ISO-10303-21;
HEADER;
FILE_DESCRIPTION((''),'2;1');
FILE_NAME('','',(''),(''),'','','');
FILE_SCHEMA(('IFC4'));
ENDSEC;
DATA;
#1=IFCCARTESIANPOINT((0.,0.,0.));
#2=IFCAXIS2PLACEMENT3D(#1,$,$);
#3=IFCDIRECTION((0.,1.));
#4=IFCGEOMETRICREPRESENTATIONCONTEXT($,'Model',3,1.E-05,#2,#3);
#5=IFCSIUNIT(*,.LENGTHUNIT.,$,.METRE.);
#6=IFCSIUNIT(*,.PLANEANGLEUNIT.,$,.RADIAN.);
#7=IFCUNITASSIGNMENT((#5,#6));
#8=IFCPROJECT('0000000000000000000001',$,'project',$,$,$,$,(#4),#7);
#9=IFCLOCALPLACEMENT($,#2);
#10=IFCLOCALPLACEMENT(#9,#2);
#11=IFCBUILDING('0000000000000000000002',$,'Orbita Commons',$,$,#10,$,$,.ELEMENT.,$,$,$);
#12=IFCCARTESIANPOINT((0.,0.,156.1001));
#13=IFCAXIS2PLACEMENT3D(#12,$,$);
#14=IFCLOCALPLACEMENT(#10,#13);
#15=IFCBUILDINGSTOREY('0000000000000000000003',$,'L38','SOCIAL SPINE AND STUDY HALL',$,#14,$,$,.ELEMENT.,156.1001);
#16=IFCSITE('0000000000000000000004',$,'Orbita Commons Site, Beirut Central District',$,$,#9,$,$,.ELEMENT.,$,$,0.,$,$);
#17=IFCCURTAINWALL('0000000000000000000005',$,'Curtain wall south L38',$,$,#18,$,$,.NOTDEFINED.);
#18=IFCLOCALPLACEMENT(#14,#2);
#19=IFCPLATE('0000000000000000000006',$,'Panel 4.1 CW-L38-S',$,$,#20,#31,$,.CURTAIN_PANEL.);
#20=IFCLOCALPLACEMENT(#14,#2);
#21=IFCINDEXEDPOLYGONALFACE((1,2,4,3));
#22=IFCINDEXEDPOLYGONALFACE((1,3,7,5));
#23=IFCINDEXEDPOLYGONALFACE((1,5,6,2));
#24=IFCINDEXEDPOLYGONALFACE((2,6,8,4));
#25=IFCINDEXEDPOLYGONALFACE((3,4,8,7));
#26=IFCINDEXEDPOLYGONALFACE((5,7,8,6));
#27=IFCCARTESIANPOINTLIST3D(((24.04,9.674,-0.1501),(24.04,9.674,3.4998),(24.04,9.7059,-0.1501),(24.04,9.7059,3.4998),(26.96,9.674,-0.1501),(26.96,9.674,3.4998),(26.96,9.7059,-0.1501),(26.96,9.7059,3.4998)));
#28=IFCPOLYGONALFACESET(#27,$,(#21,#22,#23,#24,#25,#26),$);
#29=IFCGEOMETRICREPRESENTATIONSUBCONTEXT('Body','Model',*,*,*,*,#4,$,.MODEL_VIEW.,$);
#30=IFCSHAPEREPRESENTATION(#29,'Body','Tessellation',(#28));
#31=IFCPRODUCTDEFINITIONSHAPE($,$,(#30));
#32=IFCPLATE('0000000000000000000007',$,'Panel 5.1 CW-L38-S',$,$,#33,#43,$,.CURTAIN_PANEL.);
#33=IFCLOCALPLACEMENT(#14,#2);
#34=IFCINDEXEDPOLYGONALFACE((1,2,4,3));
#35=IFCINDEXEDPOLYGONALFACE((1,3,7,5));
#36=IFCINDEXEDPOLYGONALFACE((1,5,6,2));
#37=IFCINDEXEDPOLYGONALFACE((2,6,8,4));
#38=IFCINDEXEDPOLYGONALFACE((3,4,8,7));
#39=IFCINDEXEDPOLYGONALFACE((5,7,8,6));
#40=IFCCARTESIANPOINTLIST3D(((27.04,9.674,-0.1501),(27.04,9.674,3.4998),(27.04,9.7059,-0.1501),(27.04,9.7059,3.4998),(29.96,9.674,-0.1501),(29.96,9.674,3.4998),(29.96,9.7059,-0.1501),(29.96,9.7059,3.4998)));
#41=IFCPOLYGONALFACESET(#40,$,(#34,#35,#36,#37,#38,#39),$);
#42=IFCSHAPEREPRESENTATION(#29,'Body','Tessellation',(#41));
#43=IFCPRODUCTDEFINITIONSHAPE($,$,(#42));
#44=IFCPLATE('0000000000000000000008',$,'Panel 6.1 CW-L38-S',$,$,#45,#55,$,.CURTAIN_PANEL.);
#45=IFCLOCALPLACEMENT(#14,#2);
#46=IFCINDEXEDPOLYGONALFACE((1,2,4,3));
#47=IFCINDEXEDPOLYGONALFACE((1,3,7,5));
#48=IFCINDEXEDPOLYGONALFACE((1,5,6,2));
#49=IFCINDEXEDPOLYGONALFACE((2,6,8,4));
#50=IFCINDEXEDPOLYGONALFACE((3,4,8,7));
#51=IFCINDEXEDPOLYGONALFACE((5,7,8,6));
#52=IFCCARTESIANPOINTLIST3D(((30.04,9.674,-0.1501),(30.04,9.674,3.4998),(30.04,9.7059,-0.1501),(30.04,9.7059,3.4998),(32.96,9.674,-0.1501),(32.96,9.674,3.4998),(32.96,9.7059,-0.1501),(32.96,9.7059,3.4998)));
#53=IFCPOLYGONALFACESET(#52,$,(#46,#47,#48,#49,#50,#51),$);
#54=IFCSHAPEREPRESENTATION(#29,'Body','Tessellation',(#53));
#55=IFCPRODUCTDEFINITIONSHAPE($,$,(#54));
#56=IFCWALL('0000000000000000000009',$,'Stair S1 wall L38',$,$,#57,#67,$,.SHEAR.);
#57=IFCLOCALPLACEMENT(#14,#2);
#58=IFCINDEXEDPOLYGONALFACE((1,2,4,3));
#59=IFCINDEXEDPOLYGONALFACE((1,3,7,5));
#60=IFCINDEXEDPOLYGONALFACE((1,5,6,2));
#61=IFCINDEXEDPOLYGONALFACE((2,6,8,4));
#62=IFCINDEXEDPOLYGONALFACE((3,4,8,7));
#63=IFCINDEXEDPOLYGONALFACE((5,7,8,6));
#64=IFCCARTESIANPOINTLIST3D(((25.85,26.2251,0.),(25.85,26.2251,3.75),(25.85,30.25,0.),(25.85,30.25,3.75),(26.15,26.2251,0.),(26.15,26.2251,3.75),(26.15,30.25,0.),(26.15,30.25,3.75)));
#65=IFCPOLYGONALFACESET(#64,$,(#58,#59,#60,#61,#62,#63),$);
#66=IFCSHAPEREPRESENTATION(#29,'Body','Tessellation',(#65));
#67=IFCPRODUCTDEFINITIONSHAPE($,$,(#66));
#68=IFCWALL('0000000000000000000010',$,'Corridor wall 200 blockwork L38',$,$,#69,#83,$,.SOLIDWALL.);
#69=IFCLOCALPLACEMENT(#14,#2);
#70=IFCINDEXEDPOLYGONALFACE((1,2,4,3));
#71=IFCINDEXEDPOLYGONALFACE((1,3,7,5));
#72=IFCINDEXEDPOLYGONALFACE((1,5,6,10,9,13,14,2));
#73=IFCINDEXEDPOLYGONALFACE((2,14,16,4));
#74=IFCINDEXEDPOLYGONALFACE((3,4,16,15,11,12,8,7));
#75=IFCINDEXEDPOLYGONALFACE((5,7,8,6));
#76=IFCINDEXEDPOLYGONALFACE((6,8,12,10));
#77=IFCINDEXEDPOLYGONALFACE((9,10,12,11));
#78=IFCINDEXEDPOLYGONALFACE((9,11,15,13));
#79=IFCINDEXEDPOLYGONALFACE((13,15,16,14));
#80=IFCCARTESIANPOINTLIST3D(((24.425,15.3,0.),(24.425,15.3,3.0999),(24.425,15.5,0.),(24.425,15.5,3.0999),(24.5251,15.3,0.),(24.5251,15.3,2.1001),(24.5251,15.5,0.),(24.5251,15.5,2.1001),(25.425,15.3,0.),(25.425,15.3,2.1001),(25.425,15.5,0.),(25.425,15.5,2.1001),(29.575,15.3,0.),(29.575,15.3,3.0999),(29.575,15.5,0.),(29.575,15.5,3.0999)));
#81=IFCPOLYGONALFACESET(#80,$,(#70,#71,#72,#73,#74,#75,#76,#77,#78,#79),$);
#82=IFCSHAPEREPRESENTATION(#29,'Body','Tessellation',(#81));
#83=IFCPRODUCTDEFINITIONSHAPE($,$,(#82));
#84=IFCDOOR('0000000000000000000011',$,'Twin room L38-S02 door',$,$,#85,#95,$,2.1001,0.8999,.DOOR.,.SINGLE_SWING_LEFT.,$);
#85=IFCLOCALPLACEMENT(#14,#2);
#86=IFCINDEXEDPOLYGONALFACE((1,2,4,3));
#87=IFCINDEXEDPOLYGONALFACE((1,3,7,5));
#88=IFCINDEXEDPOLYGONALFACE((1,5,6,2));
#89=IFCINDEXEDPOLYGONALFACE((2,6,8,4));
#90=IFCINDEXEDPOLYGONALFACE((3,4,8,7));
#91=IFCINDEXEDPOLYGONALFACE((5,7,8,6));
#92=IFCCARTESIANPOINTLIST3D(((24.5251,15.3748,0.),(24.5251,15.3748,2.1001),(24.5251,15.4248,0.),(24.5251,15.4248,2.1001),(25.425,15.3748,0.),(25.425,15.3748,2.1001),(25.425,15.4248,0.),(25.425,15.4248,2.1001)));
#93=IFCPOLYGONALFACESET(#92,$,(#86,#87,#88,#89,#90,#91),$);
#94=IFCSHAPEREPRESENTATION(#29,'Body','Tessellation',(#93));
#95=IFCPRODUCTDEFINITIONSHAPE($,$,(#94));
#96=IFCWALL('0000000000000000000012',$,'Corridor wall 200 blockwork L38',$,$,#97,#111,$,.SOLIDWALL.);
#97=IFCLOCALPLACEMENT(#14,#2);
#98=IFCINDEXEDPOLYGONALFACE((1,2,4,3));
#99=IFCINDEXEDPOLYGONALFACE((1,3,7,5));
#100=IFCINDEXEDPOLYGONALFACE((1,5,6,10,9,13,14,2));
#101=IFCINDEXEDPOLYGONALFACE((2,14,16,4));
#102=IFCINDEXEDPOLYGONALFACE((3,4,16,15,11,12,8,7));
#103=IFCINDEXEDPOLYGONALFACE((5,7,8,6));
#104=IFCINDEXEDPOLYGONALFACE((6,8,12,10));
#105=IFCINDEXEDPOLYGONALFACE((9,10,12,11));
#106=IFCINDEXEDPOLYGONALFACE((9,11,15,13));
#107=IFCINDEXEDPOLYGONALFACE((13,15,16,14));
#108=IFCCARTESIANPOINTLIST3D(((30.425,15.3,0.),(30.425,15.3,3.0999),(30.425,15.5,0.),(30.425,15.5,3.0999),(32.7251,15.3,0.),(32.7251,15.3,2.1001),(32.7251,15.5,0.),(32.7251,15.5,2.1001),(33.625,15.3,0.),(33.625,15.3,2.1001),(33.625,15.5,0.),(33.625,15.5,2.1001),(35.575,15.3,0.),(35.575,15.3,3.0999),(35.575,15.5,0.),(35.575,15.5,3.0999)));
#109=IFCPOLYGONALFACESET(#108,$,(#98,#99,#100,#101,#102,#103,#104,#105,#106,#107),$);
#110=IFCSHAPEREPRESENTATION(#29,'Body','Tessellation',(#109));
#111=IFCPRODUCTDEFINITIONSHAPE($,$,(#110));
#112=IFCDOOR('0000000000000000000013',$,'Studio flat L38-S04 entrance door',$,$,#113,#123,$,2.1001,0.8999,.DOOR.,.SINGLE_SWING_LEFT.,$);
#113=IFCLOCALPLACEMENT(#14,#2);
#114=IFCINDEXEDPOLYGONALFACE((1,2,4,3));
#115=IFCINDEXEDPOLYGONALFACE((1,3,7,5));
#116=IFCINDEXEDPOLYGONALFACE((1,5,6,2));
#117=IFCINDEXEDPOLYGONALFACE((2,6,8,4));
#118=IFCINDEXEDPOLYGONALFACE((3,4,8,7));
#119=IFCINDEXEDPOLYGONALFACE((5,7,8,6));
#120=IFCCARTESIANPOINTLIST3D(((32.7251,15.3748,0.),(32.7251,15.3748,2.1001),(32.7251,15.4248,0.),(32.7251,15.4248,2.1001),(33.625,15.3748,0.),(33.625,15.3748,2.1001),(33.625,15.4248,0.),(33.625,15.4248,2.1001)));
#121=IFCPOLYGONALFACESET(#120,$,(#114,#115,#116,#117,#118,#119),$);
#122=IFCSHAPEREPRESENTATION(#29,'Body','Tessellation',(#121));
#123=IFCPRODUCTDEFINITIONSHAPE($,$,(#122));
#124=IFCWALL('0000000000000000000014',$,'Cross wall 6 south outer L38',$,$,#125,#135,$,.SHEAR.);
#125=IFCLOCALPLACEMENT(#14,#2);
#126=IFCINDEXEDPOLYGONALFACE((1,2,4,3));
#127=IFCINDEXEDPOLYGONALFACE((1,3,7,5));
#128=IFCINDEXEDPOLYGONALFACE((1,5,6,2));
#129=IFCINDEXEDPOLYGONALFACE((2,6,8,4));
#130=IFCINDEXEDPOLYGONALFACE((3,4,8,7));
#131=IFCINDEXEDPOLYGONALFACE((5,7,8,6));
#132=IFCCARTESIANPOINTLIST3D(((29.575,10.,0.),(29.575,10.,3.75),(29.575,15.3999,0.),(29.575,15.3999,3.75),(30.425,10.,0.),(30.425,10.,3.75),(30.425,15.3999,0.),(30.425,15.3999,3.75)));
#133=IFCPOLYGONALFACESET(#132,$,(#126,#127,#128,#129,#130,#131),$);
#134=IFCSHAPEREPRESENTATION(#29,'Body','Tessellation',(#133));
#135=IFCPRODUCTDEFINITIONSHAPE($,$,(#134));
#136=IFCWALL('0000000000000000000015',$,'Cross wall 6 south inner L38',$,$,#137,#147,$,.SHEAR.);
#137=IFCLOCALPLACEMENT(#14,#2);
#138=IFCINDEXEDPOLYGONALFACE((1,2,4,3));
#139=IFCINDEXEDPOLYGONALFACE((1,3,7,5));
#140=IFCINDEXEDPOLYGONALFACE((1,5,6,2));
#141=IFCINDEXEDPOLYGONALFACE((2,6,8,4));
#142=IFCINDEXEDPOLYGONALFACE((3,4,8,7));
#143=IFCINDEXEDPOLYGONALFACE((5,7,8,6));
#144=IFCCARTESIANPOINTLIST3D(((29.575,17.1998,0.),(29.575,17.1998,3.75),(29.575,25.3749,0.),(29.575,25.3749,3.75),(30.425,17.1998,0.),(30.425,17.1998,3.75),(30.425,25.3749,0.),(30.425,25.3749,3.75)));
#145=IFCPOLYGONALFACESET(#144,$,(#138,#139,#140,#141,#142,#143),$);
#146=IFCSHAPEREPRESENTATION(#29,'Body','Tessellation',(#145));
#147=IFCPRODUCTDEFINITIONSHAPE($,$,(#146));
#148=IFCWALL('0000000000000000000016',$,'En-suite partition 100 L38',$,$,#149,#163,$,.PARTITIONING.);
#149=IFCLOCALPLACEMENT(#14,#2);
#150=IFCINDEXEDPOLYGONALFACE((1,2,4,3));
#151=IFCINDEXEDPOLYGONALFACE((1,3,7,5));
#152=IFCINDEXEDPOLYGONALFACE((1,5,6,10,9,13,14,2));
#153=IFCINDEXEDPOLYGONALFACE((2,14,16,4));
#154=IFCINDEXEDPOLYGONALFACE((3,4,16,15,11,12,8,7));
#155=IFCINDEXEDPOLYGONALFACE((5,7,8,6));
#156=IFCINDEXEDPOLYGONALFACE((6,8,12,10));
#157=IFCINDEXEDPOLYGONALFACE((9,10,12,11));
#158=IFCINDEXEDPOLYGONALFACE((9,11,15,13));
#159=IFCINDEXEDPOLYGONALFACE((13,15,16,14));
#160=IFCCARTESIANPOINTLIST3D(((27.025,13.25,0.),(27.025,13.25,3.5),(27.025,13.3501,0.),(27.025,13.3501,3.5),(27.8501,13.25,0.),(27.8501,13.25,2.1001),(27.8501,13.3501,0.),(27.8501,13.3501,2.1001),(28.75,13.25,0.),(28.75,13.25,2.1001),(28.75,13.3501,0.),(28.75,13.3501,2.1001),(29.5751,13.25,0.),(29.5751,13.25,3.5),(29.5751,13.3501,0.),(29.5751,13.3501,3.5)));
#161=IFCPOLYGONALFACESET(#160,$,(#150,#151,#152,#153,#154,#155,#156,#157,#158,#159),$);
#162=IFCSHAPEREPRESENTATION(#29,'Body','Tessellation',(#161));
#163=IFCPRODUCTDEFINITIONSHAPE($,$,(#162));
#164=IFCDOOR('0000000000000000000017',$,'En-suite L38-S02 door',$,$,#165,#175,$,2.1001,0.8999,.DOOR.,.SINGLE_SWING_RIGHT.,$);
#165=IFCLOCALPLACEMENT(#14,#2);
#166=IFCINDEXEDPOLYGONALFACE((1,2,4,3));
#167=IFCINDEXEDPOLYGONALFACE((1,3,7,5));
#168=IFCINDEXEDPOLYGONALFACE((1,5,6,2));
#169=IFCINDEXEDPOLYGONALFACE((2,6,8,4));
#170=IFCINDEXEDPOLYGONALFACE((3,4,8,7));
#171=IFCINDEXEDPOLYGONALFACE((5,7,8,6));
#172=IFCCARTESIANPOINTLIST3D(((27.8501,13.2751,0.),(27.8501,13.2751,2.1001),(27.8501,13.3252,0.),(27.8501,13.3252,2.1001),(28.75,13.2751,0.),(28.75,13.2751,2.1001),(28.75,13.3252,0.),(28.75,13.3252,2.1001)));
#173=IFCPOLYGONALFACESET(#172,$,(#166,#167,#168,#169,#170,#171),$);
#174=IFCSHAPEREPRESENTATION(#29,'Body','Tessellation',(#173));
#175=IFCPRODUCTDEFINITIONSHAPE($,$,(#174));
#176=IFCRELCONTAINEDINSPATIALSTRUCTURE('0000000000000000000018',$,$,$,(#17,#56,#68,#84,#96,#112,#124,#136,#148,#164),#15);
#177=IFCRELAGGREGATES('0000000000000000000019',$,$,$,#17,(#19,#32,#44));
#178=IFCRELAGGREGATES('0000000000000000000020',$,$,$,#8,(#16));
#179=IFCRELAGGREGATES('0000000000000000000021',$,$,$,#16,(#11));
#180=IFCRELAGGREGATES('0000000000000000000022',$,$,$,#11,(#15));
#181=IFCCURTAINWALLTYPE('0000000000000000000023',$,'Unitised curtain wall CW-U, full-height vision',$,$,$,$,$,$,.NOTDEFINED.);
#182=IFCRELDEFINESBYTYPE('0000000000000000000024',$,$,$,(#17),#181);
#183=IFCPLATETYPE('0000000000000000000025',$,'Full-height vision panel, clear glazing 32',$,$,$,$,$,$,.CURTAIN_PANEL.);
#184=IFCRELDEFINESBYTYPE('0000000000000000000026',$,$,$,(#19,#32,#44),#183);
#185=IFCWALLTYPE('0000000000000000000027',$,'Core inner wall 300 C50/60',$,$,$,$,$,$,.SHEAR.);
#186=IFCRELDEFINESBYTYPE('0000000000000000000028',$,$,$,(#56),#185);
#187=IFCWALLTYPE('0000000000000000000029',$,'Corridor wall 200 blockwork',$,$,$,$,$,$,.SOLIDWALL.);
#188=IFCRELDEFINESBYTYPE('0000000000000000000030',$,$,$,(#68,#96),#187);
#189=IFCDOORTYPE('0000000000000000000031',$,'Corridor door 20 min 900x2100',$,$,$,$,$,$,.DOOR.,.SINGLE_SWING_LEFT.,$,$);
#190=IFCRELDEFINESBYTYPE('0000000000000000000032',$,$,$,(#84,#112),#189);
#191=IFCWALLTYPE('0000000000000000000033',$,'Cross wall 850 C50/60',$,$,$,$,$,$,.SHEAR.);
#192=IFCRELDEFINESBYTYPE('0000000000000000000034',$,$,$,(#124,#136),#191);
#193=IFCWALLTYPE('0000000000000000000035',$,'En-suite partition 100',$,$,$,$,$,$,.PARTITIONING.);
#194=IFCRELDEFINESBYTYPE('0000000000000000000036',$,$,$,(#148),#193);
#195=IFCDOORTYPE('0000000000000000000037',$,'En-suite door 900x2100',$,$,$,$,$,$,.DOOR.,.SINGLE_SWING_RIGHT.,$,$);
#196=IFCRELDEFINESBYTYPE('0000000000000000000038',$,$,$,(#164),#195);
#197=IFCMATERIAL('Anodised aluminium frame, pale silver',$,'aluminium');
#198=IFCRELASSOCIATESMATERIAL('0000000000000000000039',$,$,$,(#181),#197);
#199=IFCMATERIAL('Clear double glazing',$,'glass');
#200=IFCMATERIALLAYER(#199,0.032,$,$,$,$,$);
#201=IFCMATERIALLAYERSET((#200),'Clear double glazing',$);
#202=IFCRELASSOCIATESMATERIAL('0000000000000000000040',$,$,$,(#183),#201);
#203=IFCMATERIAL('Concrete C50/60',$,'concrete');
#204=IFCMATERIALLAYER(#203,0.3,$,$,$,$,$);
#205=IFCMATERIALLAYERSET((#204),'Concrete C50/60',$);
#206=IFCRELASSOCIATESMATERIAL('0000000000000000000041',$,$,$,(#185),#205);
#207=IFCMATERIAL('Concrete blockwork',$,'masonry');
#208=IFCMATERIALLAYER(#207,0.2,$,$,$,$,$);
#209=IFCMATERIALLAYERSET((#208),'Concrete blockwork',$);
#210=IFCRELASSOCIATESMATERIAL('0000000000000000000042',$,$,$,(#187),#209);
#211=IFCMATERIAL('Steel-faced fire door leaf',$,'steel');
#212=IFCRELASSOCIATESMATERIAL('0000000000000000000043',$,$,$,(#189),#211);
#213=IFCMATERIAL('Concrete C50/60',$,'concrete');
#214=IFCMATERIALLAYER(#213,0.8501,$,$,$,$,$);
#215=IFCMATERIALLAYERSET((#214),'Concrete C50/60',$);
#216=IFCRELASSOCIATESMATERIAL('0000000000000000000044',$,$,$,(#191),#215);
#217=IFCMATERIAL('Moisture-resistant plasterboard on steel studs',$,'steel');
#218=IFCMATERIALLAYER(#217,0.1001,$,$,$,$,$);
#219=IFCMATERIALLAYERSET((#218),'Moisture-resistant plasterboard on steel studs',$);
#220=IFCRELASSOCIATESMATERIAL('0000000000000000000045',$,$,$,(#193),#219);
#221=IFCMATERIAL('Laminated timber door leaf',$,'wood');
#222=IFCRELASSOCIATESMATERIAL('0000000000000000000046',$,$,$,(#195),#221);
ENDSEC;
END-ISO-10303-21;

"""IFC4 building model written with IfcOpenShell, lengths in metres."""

from ifc_helpers import new_model, si_unit, direction, frame, frame_2d, origin, origin_2d, place, context, subcontext, project, spatial, polyline, rectangle, outline, extrude, material, layer, layer_set, type_object, element, fill, aggregate, save


model = new_model("IFC4")

# Units and contexts
model_context = context("Model", 3, precision=1e-05, world=origin(), true_north=direction((0.0, 1.0)))
body_context = subcontext(model_context, "Body", "Model", "MODEL_VIEW")
ifc_project = project(units=[si_unit("LENGTHUNIT", "METRE"), si_unit("PLANEANGLEUNIT", "RADIAN")], contexts=[model_context])

# Site, building, storey
site_placement = place(None, origin())
site = spatial("IfcSite", under=ifc_project, at=site_placement, Name="Orbita Commons Site, Beirut Central District", CompositionType="ELEMENT", RefElevation=0.0)
building_placement = place(site_placement, origin())
building = spatial("IfcBuilding", under=site, at=building_placement, Name="Orbita Commons", CompositionType="ELEMENT")
storey_placement = place(building_placement, frame((0.0, 0.0, 156.1001)))
storey = spatial("IfcBuildingStorey", under=building, at=storey_placement, Name="L38", Description="SOCIAL SPINE AND STUDY HALL", CompositionType="ELEMENT", Elevation=156.1001)

# Curtain wall
ifc_material_1 = material(Name="Anodised aluminium frame, pale silver", Category="aluminium")
curtain_wall_type = type_object("IfcCurtainWallType", Name="Unitised curtain wall CW-U, full-height vision", PredefinedType="NOTDEFINED", material=ifc_material_1)
curtain_wall_placement = place(storey_placement, origin())
curtain_wall = element("IfcCurtainWall", 1, at=curtain_wall_placement, inside=storey, type_object=curtain_wall_type, Name="Curtain wall south L38", PredefinedType="NOTDEFINED")

# Plates
ifc_material_2 = material(Name="Clear double glazing", Category="glass")
ifc_layer_1 = layer(ifc_material_2, 0.032)
ifc_layer_set_1 = layer_set([ifc_layer_1], Name="Clear double glazing")
plate_type = type_object("IfcPlateType", Name="Full-height vision panel, clear glazing 32", PredefinedType="CURTAIN_PANEL", material=ifc_layer_set_1)
plate_1_placement = place(storey_placement, frame((25.5, 9.6899, -0.1501), z_axis=(0.0, 0.0, 1.0), x_axis=(1.0, 0.0, 0.0)))
plate_1 = element("IfcPlate", 2, at=plate_1_placement, type_object=plate_type, Name="Panel 4.1 CW-L38-S", PredefinedType="CURTAIN_PANEL", context=body_context, shape_type="SweptSolid", body=[
    extrude(rectangle(XDim=2.9199, YDim=0.032, at=origin_2d()), origin(), (0.0, 0.0, 1.0), 3.6499),
])
plate_2_placement = place(storey_placement, frame((28.5, 9.6899, -0.1501), z_axis=(0.0, 0.0, 1.0), x_axis=(1.0, 0.0, 0.0)))
plate_2 = element("IfcPlate", 3, at=plate_2_placement, type_object=plate_type, Name="Panel 5.1 CW-L38-S", PredefinedType="CURTAIN_PANEL", context=body_context, shape_type="SweptSolid", body=[
    extrude(rectangle(XDim=2.9199, YDim=0.032, at=origin_2d()), origin(), (0.0, 0.0, 1.0), 3.6499),
])
plate_3_placement = place(storey_placement, frame((31.5, 9.6899, -0.1501), z_axis=(0.0, 0.0, 1.0), x_axis=(1.0, 0.0, 0.0)))
plate_3 = element("IfcPlate", 4, at=plate_3_placement, type_object=plate_type, Name="Panel 6.1 CW-L38-S", PredefinedType="CURTAIN_PANEL", context=body_context, shape_type="SweptSolid", body=[
    extrude(rectangle(XDim=2.9199, YDim=0.032, at=origin_2d()), origin(), (0.0, 0.0, 1.0), 3.6499),
])
aggregate(curtain_wall, [plate_1, plate_2, plate_3])

# Wall
ifc_material_3 = material(Name="Concrete C50/60", Category="concrete")
ifc_layer_2 = layer(ifc_material_3, 0.3)
ifc_layer_set_2 = layer_set([ifc_layer_2], Name="Concrete C50/60")
wall_type_1 = type_object("IfcWallType", Name="Core inner wall 300 C50/60", PredefinedType="SHEAR", material=ifc_layer_set_2)
wall_1_placement = place(storey_placement, frame((26.0, 26.2251, 0.0), z_axis=(0.0, 0.0, 1.0), x_axis=(0.0, 1.0, 0.0)))
element("IfcWall", 5, at=wall_1_placement, inside=storey, type_object=wall_type_1, Name="Stair S1 wall L38", PredefinedType="SHEAR", context=body_context, shape_type="SweptSolid", body=[
    extrude(rectangle(XDim=4.0249, YDim=0.3, at=frame_2d((2.0125, 0.0))), origin(), (0.0, 0.0, 1.0), 3.75),
])

# Walls, openings, doors
ifc_material_4 = material(Name="Concrete blockwork", Category="masonry")
ifc_layer_3 = layer(ifc_material_4, 0.2)
ifc_layer_set_3 = layer_set([ifc_layer_3], Name="Concrete blockwork")
wall_type_2 = type_object("IfcWallType", Name="Corridor wall 200 blockwork", PredefinedType="SOLIDWALL", material=ifc_layer_set_3)
wall_2_placement = place(storey_placement, frame((24.425, 15.3999, 0.0), z_axis=(0.0, 0.0, 1.0), x_axis=(1.0, 0.0, 0.0)))
wall_2 = element("IfcWall", 6, at=wall_2_placement, inside=storey, type_object=wall_type_2, Name="Corridor wall 200 blockwork L38", PredefinedType="SOLIDWALL", context=body_context, shape_type="SweptSolid", body=[
    extrude(outline(polyline([(0.0, 0.0), (5.1499, 0.0), (5.1499, 3.0999), (0.0, 3.0999), (0.0, 0.0)])), frame((0.0, 0.1001, 0.0), z_axis=(0.0, -1.0, 0.0), x_axis=(1.0, 0.0, 0.0)), (0.0, 0.0, 1.0), 0.2),
])
opening_1_placement = place(wall_2_placement, frame((0.1001, 0.0, 0.0)))
opening_1 = element("IfcOpeningElement", 7, at=opening_1_placement, cuts=wall_2, PredefinedType="OPENING", context=body_context, shape_type="SweptSolid", body=[
    extrude(rectangle(XDim=0.8999, YDim=2.1001, at=frame_2d((0.45, 1.05))), frame((0.0, 0.1099, 0.0), z_axis=(0.0, -1.0, 0.0), x_axis=(1.0, 0.0, 0.0)), (0.0, 0.0, 1.0), 0.22),
])
ifc_material_5 = material(Name="Steel-faced fire door leaf", Category="steel")
door_type_1 = type_object("IfcDoorType", Name="Corridor door 20 min 900x2100", OperationType="SINGLE_SWING_LEFT", PredefinedType="DOOR", material=ifc_material_5)
door_1_placement = place(opening_1_placement, origin())
door_1 = element("IfcDoor", 8, at=door_1_placement, inside=storey, type_object=door_type_1, Name="Twin room L38-S02 door", OperationType="SINGLE_SWING_LEFT", OverallHeight=2.1001, OverallWidth=0.8999, PredefinedType="DOOR", context=body_context, shape_type="SweptSolid", body=[
    extrude(rectangle(XDim=0.8999, YDim=2.1001, at=frame_2d((0.45, 1.05))), frame((0.0, 0.0249, 0.0), z_axis=(0.0, -1.0, 0.0), x_axis=(1.0, 0.0, 0.0)), (0.0, 0.0, 1.0), 0.05),
])
fill(opening_1, door_1)
wall_3_placement = place(storey_placement, frame((30.425, 15.3999, 0.0), z_axis=(0.0, 0.0, 1.0), x_axis=(1.0, 0.0, 0.0)))
wall_3 = element("IfcWall", 9, at=wall_3_placement, inside=storey, type_object=wall_type_2, Name="Corridor wall 200 blockwork L38", PredefinedType="SOLIDWALL", context=body_context, shape_type="SweptSolid", body=[
    extrude(outline(polyline([(0.0, 0.0), (5.1499, 0.0), (5.1499, 3.0999), (0.0, 3.0999), (0.0, 0.0)])), frame((0.0, 0.1001, 0.0), z_axis=(0.0, -1.0, 0.0), x_axis=(1.0, 0.0, 0.0)), (0.0, 0.0, 1.0), 0.2),
])
opening_2_placement = place(wall_3_placement, frame((2.3, 0.0, 0.0)))
opening_2 = element("IfcOpeningElement", 10, at=opening_2_placement, cuts=wall_3, PredefinedType="OPENING", context=body_context, shape_type="SweptSolid", body=[
    extrude(rectangle(XDim=0.8999, YDim=2.1001, at=frame_2d((0.45, 1.05))), frame((0.0, 0.1099, 0.0), z_axis=(0.0, -1.0, 0.0), x_axis=(1.0, 0.0, 0.0)), (0.0, 0.0, 1.0), 0.22),
])
door_2_placement = place(opening_2_placement, origin())
door_2 = element("IfcDoor", 11, at=door_2_placement, inside=storey, type_object=door_type_1, Name="Studio flat L38-S04 entrance door", OperationType="SINGLE_SWING_LEFT", OverallHeight=2.1001, OverallWidth=0.8999, PredefinedType="DOOR", context=body_context, shape_type="SweptSolid", body=[
    extrude(rectangle(XDim=0.8999, YDim=2.1001, at=frame_2d((0.45, 1.05))), frame((0.0, 0.0249, 0.0), z_axis=(0.0, -1.0, 0.0), x_axis=(1.0, 0.0, 0.0)), (0.0, 0.0, 1.0), 0.05),
])
fill(opening_2, door_2)

# Walls
ifc_material_6 = material(Name="Concrete C50/60", Category="concrete")
ifc_layer_4 = layer(ifc_material_6, 0.8501)
ifc_layer_set_4 = layer_set([ifc_layer_4], Name="Concrete C50/60")
wall_type_3 = type_object("IfcWallType", Name="Cross wall 850 C50/60", PredefinedType="SHEAR", material=ifc_layer_set_4)
wall_4_placement = place(storey_placement, frame((30.0, 10.0, 0.0), z_axis=(0.0, 0.0, 1.0), x_axis=(0.0, 1.0, 0.0)))
element("IfcWall", 12, at=wall_4_placement, inside=storey, type_object=wall_type_3, Name="Cross wall 6 south outer L38", PredefinedType="SHEAR", context=body_context, shape_type="SweptSolid", body=[
    extrude(rectangle(XDim=5.3999, YDim=0.8501, at=frame_2d((2.7, 0.0))), origin(), (0.0, 0.0, 1.0), 3.75),
])
wall_5_placement = place(storey_placement, frame((30.0, 17.2, 0.0), z_axis=(0.0, 0.0, 1.0), x_axis=(0.0, 1.0, 0.0)))
element("IfcWall", 13, at=wall_5_placement, inside=storey, type_object=wall_type_3, Name="Cross wall 6 south inner L38", PredefinedType="SHEAR", context=body_context, shape_type="SweptSolid", body=[
    extrude(rectangle(XDim=8.175, YDim=0.8501, at=frame_2d((4.0874, 0.0))), origin(), (0.0, 0.0, 1.0), 3.75),
])

# Wall, opening, door
ifc_material_7 = material(Name="Moisture-resistant plasterboard on steel studs", Category="steel")
ifc_layer_5 = layer(ifc_material_7, 0.1001)
ifc_layer_set_5 = layer_set([ifc_layer_5], Name="Moisture-resistant plasterboard on steel studs")
wall_type_4 = type_object("IfcWallType", Name="En-suite partition 100", PredefinedType="PARTITIONING", material=ifc_layer_set_5)
wall_6_placement = place(storey_placement, frame((29.575, 13.3, 0.0), z_axis=(0.0, 0.0, 1.0), x_axis=(-1.0, 0.0, 0.0)))
wall_6 = element("IfcWall", 14, at=wall_6_placement, inside=storey, type_object=wall_type_4, Name="En-suite partition 100 L38", PredefinedType="PARTITIONING", context=body_context, shape_type="SweptSolid", body=[
    extrude(rectangle(XDim=2.55, YDim=0.1001, at=frame_2d((1.2749, 0.0))), origin(), (0.0, 0.0, 1.0), 3.5),
])
opening_3_placement = place(wall_6_placement, frame((0.825, 0.0, 0.0)))
opening_3 = element("IfcOpeningElement", 15, at=opening_3_placement, cuts=wall_6, PredefinedType="OPENING", context=body_context, shape_type="SweptSolid", body=[
    extrude(rectangle(XDim=0.8999, YDim=2.1001, at=frame_2d((0.45, 1.05))), frame((0.0, 0.0601, 0.0), z_axis=(0.0, -1.0, 0.0), x_axis=(1.0, 0.0, 0.0)), (0.0, 0.0, 1.0), 0.1201),
])
ifc_material_8 = material(Name="Laminated timber door leaf", Category="wood")
door_type_2 = type_object("IfcDoorType", Name="En-suite door 900x2100", OperationType="SINGLE_SWING_RIGHT", PredefinedType="DOOR", material=ifc_material_8)
door_3_placement = place(opening_3_placement, origin())
door_3 = element("IfcDoor", 16, at=door_3_placement, inside=storey, type_object=door_type_2, Name="En-suite L38-S02 door", OperationType="SINGLE_SWING_RIGHT", OverallHeight=2.1001, OverallWidth=0.8999, PredefinedType="DOOR", context=body_context, shape_type="SweptSolid", body=[
    extrude(rectangle(XDim=0.8999, YDim=2.1001, at=frame_2d((0.45, 1.05))), frame((0.0, 0.0249, 0.0), z_axis=(0.0, -1.0, 0.0), x_axis=(1.0, 0.0, 0.0)), (0.0, 0.0, 1.0), 0.05),
])
fill(opening_3, door_3)

save(model, "model.ifc")
